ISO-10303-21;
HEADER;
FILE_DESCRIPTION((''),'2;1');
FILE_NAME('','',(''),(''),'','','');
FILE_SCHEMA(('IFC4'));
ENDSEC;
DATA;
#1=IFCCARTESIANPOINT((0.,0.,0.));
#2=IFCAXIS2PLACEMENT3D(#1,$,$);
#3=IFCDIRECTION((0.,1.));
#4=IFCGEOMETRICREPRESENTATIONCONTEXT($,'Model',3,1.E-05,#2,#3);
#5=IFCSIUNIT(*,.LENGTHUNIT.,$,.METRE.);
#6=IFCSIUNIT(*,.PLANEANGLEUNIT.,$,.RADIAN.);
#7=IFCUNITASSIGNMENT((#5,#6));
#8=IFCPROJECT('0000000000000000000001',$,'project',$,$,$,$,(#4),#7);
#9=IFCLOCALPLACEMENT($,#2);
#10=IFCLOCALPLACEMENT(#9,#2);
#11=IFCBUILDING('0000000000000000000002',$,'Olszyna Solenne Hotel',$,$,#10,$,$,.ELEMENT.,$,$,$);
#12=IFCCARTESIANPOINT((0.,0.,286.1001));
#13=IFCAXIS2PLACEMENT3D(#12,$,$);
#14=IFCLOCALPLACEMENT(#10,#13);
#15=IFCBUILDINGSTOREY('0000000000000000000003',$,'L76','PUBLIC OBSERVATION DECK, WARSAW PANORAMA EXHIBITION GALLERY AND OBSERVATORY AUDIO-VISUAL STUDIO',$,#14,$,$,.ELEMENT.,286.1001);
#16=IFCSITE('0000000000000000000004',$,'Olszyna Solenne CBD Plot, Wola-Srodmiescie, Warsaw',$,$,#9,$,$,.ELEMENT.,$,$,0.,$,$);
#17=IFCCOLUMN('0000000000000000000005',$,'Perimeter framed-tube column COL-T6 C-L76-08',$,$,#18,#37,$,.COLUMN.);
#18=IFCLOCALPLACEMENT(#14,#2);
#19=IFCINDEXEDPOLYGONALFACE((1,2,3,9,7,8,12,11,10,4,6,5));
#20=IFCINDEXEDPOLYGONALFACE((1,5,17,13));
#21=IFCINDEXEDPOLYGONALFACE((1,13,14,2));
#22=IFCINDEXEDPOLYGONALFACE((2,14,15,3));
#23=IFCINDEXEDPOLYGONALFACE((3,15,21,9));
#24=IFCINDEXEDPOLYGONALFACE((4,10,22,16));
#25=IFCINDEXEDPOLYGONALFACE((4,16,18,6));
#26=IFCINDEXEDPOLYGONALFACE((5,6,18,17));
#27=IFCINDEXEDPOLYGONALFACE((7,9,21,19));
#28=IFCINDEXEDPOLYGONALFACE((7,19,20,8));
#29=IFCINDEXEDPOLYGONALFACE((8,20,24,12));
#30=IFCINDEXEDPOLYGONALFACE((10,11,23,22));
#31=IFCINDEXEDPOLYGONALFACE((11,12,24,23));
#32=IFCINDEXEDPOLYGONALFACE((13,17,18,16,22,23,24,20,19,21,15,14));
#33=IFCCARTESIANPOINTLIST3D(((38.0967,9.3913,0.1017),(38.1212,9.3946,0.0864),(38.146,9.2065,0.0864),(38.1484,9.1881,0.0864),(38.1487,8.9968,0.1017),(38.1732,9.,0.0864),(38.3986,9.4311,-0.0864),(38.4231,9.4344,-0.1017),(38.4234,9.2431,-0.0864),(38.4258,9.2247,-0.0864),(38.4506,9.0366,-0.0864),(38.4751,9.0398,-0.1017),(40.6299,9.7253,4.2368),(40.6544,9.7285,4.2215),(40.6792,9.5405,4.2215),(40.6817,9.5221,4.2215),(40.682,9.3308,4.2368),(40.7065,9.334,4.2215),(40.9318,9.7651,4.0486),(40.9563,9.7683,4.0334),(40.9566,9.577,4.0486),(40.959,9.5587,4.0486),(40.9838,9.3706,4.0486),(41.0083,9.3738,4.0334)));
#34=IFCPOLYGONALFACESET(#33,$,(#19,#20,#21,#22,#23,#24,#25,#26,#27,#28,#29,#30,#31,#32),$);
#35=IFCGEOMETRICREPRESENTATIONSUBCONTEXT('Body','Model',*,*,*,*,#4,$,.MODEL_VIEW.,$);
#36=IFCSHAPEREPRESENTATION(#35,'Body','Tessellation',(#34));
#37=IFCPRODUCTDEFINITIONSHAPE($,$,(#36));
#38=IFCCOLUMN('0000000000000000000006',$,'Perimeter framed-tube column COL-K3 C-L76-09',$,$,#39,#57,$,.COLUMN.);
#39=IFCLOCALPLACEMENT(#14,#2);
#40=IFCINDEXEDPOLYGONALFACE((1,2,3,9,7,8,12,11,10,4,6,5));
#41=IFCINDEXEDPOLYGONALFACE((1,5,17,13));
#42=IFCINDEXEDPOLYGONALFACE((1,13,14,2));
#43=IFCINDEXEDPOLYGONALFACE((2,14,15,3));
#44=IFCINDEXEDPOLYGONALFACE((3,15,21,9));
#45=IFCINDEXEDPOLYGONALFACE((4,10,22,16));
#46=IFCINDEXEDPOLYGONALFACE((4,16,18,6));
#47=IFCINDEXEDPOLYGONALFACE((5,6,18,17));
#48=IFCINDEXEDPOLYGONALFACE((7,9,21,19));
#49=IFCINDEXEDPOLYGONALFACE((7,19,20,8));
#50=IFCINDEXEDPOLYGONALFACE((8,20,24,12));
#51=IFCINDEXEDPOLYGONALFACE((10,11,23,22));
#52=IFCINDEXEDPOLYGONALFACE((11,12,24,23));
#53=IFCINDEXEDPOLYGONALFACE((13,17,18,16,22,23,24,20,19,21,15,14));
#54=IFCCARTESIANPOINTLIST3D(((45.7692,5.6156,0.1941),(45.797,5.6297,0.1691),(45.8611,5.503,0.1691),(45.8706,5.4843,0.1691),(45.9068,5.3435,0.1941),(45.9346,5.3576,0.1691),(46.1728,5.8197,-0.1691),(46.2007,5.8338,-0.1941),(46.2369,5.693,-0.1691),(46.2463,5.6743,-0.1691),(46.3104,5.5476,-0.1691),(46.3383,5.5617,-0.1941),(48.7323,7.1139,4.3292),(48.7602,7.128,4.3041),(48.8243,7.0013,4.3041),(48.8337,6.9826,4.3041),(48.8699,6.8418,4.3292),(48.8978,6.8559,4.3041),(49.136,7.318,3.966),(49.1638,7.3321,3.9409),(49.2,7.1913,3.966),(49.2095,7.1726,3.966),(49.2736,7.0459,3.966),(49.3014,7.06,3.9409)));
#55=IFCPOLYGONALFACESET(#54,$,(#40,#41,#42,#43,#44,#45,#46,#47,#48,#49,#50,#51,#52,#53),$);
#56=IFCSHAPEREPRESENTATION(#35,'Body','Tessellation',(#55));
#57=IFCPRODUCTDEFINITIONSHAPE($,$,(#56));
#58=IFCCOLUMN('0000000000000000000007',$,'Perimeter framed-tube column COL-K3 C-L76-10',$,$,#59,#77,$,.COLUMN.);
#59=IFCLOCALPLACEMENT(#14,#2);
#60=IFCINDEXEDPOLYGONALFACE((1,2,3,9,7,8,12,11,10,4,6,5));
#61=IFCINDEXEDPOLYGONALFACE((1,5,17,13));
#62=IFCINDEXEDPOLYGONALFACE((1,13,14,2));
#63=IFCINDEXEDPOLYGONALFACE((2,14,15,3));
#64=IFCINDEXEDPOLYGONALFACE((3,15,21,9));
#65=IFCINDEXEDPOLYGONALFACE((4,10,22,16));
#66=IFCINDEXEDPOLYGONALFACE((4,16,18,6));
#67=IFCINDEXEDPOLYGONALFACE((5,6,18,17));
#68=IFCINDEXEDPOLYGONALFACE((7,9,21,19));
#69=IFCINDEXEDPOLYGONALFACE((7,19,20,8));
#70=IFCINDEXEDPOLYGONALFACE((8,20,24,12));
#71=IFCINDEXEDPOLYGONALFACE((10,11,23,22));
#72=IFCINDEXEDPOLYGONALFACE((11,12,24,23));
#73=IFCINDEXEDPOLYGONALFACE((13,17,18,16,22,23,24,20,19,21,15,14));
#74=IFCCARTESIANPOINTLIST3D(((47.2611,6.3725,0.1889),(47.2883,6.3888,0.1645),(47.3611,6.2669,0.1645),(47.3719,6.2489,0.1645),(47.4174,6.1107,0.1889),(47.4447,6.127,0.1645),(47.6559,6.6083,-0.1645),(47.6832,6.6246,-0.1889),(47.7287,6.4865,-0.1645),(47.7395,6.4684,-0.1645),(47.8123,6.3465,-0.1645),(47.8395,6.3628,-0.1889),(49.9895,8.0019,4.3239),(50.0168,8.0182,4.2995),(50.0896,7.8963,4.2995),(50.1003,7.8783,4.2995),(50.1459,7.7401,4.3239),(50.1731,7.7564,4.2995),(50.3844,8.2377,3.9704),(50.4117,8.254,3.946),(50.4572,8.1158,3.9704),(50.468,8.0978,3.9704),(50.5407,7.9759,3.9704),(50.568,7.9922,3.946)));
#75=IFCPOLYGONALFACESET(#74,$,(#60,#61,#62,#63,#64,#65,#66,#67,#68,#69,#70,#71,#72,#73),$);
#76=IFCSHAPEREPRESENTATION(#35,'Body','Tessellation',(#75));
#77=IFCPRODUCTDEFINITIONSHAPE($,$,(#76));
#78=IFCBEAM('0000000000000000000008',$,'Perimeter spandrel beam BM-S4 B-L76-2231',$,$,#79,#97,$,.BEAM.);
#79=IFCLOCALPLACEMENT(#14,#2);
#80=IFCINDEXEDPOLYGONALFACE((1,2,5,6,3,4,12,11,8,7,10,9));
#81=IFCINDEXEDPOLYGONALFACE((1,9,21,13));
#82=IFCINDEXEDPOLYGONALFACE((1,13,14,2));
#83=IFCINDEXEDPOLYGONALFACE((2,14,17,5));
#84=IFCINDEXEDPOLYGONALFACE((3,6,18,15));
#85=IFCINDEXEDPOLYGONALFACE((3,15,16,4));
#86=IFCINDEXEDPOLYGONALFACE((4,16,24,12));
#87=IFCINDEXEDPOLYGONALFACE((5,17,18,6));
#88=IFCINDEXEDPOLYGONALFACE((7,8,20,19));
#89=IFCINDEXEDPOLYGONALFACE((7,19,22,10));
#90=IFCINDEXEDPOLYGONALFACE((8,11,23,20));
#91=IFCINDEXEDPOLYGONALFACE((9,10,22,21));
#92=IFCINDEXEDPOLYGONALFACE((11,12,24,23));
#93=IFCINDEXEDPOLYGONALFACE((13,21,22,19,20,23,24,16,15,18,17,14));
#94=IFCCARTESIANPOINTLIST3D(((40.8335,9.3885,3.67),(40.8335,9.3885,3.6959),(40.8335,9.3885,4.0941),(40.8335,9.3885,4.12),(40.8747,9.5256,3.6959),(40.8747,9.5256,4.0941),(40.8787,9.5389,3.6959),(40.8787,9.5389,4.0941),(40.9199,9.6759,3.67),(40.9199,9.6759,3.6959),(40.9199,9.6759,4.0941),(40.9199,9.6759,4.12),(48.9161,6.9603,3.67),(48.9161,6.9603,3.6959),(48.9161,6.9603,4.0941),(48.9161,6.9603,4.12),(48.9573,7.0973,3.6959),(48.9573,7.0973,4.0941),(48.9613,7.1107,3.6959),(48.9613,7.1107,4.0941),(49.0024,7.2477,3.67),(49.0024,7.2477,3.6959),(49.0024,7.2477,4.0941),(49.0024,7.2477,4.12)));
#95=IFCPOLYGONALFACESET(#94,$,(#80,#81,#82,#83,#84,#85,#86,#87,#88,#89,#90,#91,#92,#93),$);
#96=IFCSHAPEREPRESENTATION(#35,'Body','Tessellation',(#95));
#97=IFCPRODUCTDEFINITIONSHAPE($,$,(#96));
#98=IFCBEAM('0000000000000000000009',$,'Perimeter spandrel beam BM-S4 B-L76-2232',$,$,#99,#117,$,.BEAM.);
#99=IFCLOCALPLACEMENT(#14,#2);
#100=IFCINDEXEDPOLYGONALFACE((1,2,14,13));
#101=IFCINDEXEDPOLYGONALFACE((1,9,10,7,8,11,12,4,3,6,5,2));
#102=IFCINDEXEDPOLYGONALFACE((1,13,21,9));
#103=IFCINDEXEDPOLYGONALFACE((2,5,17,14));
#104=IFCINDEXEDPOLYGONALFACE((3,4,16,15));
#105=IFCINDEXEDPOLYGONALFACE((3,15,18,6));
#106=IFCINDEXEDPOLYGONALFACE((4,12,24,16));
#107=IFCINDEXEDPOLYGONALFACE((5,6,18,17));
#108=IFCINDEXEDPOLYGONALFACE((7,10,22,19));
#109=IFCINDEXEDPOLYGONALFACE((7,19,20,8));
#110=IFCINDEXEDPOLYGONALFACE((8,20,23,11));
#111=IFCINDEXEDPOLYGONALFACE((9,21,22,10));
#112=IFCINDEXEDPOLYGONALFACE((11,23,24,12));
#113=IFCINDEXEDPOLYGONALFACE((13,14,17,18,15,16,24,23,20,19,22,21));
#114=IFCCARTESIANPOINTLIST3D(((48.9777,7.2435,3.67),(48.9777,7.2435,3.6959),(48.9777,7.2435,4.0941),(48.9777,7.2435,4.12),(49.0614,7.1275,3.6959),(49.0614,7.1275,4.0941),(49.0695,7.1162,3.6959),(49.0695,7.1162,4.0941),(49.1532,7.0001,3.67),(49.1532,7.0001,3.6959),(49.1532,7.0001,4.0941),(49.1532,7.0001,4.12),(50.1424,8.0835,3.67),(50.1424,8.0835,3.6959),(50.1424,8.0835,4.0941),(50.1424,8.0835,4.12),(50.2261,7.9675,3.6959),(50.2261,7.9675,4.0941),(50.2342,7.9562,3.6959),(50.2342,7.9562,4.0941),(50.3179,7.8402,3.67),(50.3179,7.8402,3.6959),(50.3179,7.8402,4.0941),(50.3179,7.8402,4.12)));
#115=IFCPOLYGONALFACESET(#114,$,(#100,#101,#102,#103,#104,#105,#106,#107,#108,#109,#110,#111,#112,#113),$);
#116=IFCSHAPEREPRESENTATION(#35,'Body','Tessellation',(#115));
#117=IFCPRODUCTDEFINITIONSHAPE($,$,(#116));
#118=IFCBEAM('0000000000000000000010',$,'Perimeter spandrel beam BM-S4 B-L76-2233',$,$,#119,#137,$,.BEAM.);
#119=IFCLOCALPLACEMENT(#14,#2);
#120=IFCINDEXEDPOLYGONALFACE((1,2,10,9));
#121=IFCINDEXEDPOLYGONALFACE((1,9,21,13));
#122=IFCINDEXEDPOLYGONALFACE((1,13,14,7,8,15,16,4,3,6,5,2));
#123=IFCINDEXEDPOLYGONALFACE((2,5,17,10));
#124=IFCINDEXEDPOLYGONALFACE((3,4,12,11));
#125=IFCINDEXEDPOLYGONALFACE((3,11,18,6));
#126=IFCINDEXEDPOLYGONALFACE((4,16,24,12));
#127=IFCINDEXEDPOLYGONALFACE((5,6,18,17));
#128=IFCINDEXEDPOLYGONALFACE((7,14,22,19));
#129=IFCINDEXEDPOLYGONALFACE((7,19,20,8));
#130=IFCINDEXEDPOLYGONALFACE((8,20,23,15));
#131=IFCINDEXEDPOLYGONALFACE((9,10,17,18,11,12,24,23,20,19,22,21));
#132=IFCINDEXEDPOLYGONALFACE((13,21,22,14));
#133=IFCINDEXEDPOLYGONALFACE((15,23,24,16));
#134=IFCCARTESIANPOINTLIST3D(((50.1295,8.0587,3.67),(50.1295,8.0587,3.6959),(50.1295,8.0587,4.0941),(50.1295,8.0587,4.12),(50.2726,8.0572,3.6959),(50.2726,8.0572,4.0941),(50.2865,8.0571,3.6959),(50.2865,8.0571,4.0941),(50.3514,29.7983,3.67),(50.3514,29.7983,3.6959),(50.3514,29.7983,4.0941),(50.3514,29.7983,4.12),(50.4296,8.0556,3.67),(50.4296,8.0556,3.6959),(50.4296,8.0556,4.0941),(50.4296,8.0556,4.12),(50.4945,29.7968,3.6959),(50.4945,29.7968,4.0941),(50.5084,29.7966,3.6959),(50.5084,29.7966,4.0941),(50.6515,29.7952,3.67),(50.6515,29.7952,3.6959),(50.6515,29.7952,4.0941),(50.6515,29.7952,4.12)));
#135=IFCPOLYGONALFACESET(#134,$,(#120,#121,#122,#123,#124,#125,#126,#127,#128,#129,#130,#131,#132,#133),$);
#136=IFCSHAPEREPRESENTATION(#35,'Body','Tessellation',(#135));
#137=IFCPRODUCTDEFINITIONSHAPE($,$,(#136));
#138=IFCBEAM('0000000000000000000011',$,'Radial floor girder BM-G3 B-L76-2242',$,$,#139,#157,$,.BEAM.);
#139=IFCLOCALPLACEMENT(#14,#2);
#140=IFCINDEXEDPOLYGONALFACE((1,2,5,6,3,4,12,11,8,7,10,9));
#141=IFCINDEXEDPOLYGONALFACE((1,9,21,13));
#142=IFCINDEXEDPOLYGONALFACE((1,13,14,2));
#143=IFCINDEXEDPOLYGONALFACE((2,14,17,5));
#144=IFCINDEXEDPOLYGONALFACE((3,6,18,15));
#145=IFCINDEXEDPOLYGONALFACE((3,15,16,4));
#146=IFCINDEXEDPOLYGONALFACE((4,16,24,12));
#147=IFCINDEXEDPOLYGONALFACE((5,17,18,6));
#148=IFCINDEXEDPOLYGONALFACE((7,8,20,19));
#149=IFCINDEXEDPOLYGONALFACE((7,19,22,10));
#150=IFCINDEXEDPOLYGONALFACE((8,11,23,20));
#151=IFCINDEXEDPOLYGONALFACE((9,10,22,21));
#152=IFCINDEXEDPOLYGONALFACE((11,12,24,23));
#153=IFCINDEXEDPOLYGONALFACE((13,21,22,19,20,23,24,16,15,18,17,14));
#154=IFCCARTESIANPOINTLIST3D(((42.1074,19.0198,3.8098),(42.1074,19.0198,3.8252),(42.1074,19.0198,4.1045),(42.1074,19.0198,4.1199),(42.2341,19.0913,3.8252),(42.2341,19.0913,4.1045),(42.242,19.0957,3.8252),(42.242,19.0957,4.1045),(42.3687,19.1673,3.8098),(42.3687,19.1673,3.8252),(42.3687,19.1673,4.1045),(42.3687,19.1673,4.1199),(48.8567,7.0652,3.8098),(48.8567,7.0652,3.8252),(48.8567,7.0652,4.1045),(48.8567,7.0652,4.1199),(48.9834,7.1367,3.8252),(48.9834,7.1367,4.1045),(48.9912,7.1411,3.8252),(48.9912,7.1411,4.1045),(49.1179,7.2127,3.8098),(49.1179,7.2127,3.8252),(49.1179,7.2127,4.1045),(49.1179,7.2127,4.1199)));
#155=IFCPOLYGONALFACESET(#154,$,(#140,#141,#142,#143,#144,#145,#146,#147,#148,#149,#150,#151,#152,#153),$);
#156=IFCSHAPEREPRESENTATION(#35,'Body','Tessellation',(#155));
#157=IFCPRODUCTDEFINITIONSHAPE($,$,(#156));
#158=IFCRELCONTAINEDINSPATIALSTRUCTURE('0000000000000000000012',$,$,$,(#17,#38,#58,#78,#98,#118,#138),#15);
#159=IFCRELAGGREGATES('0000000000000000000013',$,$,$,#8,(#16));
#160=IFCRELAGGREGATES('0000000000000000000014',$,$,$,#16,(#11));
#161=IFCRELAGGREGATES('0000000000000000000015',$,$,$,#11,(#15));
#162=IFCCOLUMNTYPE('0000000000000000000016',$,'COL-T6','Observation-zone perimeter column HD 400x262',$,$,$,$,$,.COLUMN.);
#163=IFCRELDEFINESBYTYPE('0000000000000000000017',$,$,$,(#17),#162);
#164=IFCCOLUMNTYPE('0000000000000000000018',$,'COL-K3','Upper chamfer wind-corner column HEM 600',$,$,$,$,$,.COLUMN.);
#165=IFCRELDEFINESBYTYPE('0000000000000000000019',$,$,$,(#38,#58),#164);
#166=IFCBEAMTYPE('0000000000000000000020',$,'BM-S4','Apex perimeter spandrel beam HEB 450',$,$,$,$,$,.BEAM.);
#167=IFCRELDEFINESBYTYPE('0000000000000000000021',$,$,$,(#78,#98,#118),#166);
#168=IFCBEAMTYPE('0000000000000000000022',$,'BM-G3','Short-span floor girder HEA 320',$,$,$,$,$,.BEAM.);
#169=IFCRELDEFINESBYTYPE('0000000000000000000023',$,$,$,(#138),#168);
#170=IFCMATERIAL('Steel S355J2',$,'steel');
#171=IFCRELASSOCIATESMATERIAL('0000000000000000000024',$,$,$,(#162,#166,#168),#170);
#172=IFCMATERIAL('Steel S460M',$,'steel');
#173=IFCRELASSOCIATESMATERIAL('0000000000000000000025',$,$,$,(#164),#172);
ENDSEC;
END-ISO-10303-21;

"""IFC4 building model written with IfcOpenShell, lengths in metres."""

from ifc_helpers import new_model, si_unit, direction, frame, origin, origin_2d, place, context, subcontext, project, spatial, i_section, extrude, source, transform, mapped, material, material_profile, profile_set, type_object, element, save


model = new_model("IFC4")

# Units and contexts
model_context = context("Model", 3, precision=1e-05, world=origin(), true_north=direction((0.0, 1.0)))
body_context = subcontext(model_context, "Body", "Model", "MODEL_VIEW")
ifc_project = project(units=[si_unit("LENGTHUNIT", "METRE"), si_unit("PLANEANGLEUNIT", "RADIAN")], contexts=[model_context])

# Site, building, storey
site_placement = place(None, origin())
site = spatial("IfcSite", under=ifc_project, at=site_placement, Name="Olszyna Solenne CBD Plot, Wola-Srodmiescie, Warsaw", CompositionType="ELEMENT", RefElevation=0.0)
building_placement = place(site_placement, origin())
building = spatial("IfcBuilding", under=site, at=building_placement, Name="Olszyna Solenne Hotel", CompositionType="ELEMENT")
storey_placement = place(building_placement, frame((0.0, 0.0, 286.1001)))
storey = spatial("IfcBuildingStorey", under=building, at=storey_placement, Name="L76", Description="PUBLIC OBSERVATION DECK, WARSAW PANORAMA EXHIBITION GALLERY AND OBSERVATORY AUDIO-VISUAL STUDIO", CompositionType="ELEMENT", Elevation=286.1001)

# Columns
ifc_material_1 = material(Name="Steel S355J2", Category="steel")
ifc_material_profile_1 = material_profile(ifc_material_1, i_section(OverallWidth=0.3979, OverallDepth=0.387, WebThickness=0.0186, FlangeThickness=0.0291, at=origin_2d()), Name="HD 400x262", Category="load-bearing")
ifc_profile_set_1 = profile_set([ifc_material_profile_1], Name="Steel S355J2")
column_type_1 = type_object("IfcColumnType", Name="COL-T6", Description="Observation-zone perimeter column HD 400x262", PredefinedType="COLUMN", material=ifc_profile_set_1)
shared_shape_1 = source(origin(), body_context, "Body", "SweptSolid", [
    extrude(i_section(OverallWidth=0.3979, OverallDepth=0.387, WebThickness=0.0186, FlangeThickness=0.0291, at=origin_2d()), origin(), (0.0, 0.0, 1.0), 4.8608),
])
column_1_placement = place(storey_placement, frame((38.2859, 9.2156, 0.0), z_axis=(0.521154, 0.06871, 0.850692), x_axis=(-0.130712, 0.99142, 0.0)))
element("IfcColumn", 1, at=column_1_placement, inside=storey, type_object=column_type_1, Name="Perimeter framed-tube column COL-T6 C-L76-08", PredefinedType="COLUMN", context=body_context, shape_type="MappedRepresentation", body=[
    mapped(shared_shape_1, transform((0.0, 0.0, 0.0), x_axis=(1.0, 0.0, 0.0), y_axis=(0.0, 1.0, 0.0), z_axis=(0.0, 0.0, 1.0), scale=1.0)),
])
ifc_material_2 = material(Name="Steel S460M", Category="steel")
ifc_material_profile_2 = material_profile(ifc_material_2, i_section(OverallWidth=0.3049, OverallDepth=0.6201, WebThickness=0.021, FlangeThickness=0.04, at=origin_2d()), Name="HEM 600", Category="load-bearing")
ifc_profile_set_2 = profile_set([ifc_material_profile_2], Name="Steel S460M")
column_type_2 = type_object("IfcColumnType", Name="COL-K3", Description="Upper chamfer wind-corner column HEM 600", PredefinedType="COLUMN", material=ifc_profile_set_2)
shared_shape_2 = source(origin(), body_context, "Body", "SweptSolid", [
    extrude(i_section(OverallWidth=0.3049, OverallDepth=0.6201, WebThickness=0.021, FlangeThickness=0.04, at=origin_2d()), origin(), (0.0, 0.0, 1.0), 5.3032),
])
column_2_placement = place(storey_placement, frame((46.0537, 5.5886, 0.0), z_axis=(0.55875, 0.282529, 0.779728), x_axis=(-0.451238, 0.892403, 0.0)))
element("IfcColumn", 2, at=column_2_placement, inside=storey, type_object=column_type_2, Name="Perimeter framed-tube column COL-K3 C-L76-09", PredefinedType="COLUMN", context=body_context, shape_type="MappedRepresentation", body=[
    mapped(shared_shape_2, transform((0.0, 0.0, 0.0), x_axis=(1.0, 0.0, 0.0), y_axis=(0.0, 1.0, 0.0), z_axis=(0.0, 0.0, 1.0), scale=1.0)),
])
shared_shape_3 = source(origin(), body_context, "Body", "SweptSolid", [
    extrude(i_section(OverallWidth=0.3049, OverallDepth=0.6201, WebThickness=0.021, FlangeThickness=0.04, at=origin_2d()), origin(), (0.0, 0.0, 1.0), 5.2151),
])
column_3_placement = place(storey_placement, frame((47.5503, 6.3677, 0.0), z_axis=(0.523188, 0.312433, 0.792881), x_axis=(-0.51271, 0.858562, 0.0)))
element("IfcColumn", 3, at=column_3_placement, inside=storey, type_object=column_type_2, Name="Perimeter framed-tube column COL-K3 C-L76-10", PredefinedType="COLUMN", context=body_context, shape_type="MappedRepresentation", body=[
    mapped(shared_shape_3, transform((0.0, 0.0, 0.0), x_axis=(1.0, 0.0, 0.0), y_axis=(0.0, 1.0, 0.0), z_axis=(0.0, 0.0, 1.0), scale=1.0)),
])

# Beams
ifc_material_profile_3 = material_profile(ifc_material_1, i_section(OverallWidth=0.3, OverallDepth=0.45, WebThickness=0.0139, FlangeThickness=0.0259, at=origin_2d()), Name="HEB 450", Category="load-bearing")
ifc_profile_set_3 = profile_set([ifc_material_profile_3], Name="Steel S355J2")
beam_type_1 = type_object("IfcBeamType", Name="BM-S4", Description="Apex perimeter spandrel beam HEB 450", PredefinedType="BEAM", material=ifc_profile_set_3)
shared_shape_4 = source(origin(), body_context, "Body", "SweptSolid", [
    extrude(i_section(OverallWidth=0.3, OverallDepth=0.45, WebThickness=0.0139, FlangeThickness=0.0259, at=origin_2d()), origin(), (0.0, 0.0, 1.0), 8.4395),
])
beam_1_placement = place(storey_placement, frame((40.8767, 9.5322, 3.895), z_axis=(0.957713, -0.287725, 0.0), x_axis=(0.287725, 0.957713, 0.0)))
element("IfcBeam", 4, at=beam_1_placement, inside=storey, type_object=beam_type_1, Name="Perimeter spandrel beam BM-S4 B-L76-2231", PredefinedType="BEAM", context=body_context, shape_type="MappedRepresentation", body=[
    mapped(shared_shape_4, transform((0.0, 0.0, 0.0), x_axis=(1.0, 0.0, 0.0), y_axis=(0.0, 1.0, 0.0), z_axis=(0.0, 0.0, 1.0), scale=1.0)),
])
shared_shape_5 = source(origin(), body_context, "Body", "SweptSolid", [
    extrude(i_section(OverallWidth=0.3, OverallDepth=0.45, WebThickness=0.0139, FlangeThickness=0.0259, at=origin_2d()), origin(), (0.0, 0.0, 1.0), 1.436),
])
beam_2_placement = place(storey_placement, frame((49.0654, 7.1218, 3.895), z_axis=(0.81106, 0.584963, 0.0), x_axis=(-0.584963, 0.81106, 0.0)))
element("IfcBeam", 5, at=beam_2_placement, inside=storey, type_object=beam_type_1, Name="Perimeter spandrel beam BM-S4 B-L76-2232", PredefinedType="BEAM", context=body_context, shape_type="MappedRepresentation", body=[
    mapped(shared_shape_5, transform((0.0, 0.0, 0.0), x_axis=(1.0, 0.0, 0.0), y_axis=(0.0, 1.0, 0.0), z_axis=(0.0, 0.0, 1.0), scale=1.0)),
])
shared_shape_6 = source(origin(), body_context, "Body", "SweptSolid", [
    extrude(i_section(OverallWidth=0.3, OverallDepth=0.45, WebThickness=0.0139, FlangeThickness=0.0259, at=origin_2d()), origin(), (0.0, 0.0, 1.0), 21.7407),
])
beam_3_placement = place(storey_placement, frame((50.2795, 8.0571, 3.895), z_axis=(0.010208, 0.999948, 0.0), x_axis=(-0.999948, 0.010208, 0.0)))
element("IfcBeam", 6, at=beam_3_placement, inside=storey, type_object=beam_type_1, Name="Perimeter spandrel beam BM-S4 B-L76-2233", PredefinedType="BEAM", context=body_context, shape_type="MappedRepresentation", body=[
    mapped(shared_shape_6, transform((0.0, 0.0, 0.0), x_axis=(1.0, 0.0, 0.0), y_axis=(0.0, 1.0, 0.0), z_axis=(0.0, 0.0, 1.0), scale=1.0)),
])
ifc_material_profile_4 = material_profile(ifc_material_1, i_section(OverallWidth=0.3, OverallDepth=0.3101, WebThickness=0.009, FlangeThickness=0.0154, at=origin_2d()), Name="HEA 320", Category="load-bearing")
ifc_profile_set_4 = profile_set([ifc_material_profile_4], Name="Steel S355J2")
beam_type_2 = type_object("IfcBeamType", Name="BM-G3", Description="Short-span floor girder HEA 320", PredefinedType="BEAM", material=ifc_profile_set_4)
shared_shape_7 = source(origin(), body_context, "Body", "SweptSolid", [
    extrude(i_section(OverallWidth=0.3, OverallDepth=0.3101, WebThickness=0.009, FlangeThickness=0.0154, at=origin_2d()), origin(), (0.0, 0.0, 1.0), 13.7283),
])
beam_4_placement = place(storey_placement, frame((48.9873, 7.1389, 3.9648), z_axis=(-0.491634, 0.870802, 0.0), x_axis=(-0.870802, -0.491634, 0.0)))
element("IfcBeam", 7, at=beam_4_placement, inside=storey, type_object=beam_type_2, Name="Radial floor girder BM-G3 B-L76-2242", PredefinedType="BEAM", context=body_context, shape_type="MappedRepresentation", body=[
    mapped(shared_shape_7, transform((0.0, 0.0, 0.0), x_axis=(1.0, 0.0, 0.0), y_axis=(0.0, 1.0, 0.0), z_axis=(0.0, 0.0, 1.0), scale=1.0)),
])

save(model, "model.ifc")
